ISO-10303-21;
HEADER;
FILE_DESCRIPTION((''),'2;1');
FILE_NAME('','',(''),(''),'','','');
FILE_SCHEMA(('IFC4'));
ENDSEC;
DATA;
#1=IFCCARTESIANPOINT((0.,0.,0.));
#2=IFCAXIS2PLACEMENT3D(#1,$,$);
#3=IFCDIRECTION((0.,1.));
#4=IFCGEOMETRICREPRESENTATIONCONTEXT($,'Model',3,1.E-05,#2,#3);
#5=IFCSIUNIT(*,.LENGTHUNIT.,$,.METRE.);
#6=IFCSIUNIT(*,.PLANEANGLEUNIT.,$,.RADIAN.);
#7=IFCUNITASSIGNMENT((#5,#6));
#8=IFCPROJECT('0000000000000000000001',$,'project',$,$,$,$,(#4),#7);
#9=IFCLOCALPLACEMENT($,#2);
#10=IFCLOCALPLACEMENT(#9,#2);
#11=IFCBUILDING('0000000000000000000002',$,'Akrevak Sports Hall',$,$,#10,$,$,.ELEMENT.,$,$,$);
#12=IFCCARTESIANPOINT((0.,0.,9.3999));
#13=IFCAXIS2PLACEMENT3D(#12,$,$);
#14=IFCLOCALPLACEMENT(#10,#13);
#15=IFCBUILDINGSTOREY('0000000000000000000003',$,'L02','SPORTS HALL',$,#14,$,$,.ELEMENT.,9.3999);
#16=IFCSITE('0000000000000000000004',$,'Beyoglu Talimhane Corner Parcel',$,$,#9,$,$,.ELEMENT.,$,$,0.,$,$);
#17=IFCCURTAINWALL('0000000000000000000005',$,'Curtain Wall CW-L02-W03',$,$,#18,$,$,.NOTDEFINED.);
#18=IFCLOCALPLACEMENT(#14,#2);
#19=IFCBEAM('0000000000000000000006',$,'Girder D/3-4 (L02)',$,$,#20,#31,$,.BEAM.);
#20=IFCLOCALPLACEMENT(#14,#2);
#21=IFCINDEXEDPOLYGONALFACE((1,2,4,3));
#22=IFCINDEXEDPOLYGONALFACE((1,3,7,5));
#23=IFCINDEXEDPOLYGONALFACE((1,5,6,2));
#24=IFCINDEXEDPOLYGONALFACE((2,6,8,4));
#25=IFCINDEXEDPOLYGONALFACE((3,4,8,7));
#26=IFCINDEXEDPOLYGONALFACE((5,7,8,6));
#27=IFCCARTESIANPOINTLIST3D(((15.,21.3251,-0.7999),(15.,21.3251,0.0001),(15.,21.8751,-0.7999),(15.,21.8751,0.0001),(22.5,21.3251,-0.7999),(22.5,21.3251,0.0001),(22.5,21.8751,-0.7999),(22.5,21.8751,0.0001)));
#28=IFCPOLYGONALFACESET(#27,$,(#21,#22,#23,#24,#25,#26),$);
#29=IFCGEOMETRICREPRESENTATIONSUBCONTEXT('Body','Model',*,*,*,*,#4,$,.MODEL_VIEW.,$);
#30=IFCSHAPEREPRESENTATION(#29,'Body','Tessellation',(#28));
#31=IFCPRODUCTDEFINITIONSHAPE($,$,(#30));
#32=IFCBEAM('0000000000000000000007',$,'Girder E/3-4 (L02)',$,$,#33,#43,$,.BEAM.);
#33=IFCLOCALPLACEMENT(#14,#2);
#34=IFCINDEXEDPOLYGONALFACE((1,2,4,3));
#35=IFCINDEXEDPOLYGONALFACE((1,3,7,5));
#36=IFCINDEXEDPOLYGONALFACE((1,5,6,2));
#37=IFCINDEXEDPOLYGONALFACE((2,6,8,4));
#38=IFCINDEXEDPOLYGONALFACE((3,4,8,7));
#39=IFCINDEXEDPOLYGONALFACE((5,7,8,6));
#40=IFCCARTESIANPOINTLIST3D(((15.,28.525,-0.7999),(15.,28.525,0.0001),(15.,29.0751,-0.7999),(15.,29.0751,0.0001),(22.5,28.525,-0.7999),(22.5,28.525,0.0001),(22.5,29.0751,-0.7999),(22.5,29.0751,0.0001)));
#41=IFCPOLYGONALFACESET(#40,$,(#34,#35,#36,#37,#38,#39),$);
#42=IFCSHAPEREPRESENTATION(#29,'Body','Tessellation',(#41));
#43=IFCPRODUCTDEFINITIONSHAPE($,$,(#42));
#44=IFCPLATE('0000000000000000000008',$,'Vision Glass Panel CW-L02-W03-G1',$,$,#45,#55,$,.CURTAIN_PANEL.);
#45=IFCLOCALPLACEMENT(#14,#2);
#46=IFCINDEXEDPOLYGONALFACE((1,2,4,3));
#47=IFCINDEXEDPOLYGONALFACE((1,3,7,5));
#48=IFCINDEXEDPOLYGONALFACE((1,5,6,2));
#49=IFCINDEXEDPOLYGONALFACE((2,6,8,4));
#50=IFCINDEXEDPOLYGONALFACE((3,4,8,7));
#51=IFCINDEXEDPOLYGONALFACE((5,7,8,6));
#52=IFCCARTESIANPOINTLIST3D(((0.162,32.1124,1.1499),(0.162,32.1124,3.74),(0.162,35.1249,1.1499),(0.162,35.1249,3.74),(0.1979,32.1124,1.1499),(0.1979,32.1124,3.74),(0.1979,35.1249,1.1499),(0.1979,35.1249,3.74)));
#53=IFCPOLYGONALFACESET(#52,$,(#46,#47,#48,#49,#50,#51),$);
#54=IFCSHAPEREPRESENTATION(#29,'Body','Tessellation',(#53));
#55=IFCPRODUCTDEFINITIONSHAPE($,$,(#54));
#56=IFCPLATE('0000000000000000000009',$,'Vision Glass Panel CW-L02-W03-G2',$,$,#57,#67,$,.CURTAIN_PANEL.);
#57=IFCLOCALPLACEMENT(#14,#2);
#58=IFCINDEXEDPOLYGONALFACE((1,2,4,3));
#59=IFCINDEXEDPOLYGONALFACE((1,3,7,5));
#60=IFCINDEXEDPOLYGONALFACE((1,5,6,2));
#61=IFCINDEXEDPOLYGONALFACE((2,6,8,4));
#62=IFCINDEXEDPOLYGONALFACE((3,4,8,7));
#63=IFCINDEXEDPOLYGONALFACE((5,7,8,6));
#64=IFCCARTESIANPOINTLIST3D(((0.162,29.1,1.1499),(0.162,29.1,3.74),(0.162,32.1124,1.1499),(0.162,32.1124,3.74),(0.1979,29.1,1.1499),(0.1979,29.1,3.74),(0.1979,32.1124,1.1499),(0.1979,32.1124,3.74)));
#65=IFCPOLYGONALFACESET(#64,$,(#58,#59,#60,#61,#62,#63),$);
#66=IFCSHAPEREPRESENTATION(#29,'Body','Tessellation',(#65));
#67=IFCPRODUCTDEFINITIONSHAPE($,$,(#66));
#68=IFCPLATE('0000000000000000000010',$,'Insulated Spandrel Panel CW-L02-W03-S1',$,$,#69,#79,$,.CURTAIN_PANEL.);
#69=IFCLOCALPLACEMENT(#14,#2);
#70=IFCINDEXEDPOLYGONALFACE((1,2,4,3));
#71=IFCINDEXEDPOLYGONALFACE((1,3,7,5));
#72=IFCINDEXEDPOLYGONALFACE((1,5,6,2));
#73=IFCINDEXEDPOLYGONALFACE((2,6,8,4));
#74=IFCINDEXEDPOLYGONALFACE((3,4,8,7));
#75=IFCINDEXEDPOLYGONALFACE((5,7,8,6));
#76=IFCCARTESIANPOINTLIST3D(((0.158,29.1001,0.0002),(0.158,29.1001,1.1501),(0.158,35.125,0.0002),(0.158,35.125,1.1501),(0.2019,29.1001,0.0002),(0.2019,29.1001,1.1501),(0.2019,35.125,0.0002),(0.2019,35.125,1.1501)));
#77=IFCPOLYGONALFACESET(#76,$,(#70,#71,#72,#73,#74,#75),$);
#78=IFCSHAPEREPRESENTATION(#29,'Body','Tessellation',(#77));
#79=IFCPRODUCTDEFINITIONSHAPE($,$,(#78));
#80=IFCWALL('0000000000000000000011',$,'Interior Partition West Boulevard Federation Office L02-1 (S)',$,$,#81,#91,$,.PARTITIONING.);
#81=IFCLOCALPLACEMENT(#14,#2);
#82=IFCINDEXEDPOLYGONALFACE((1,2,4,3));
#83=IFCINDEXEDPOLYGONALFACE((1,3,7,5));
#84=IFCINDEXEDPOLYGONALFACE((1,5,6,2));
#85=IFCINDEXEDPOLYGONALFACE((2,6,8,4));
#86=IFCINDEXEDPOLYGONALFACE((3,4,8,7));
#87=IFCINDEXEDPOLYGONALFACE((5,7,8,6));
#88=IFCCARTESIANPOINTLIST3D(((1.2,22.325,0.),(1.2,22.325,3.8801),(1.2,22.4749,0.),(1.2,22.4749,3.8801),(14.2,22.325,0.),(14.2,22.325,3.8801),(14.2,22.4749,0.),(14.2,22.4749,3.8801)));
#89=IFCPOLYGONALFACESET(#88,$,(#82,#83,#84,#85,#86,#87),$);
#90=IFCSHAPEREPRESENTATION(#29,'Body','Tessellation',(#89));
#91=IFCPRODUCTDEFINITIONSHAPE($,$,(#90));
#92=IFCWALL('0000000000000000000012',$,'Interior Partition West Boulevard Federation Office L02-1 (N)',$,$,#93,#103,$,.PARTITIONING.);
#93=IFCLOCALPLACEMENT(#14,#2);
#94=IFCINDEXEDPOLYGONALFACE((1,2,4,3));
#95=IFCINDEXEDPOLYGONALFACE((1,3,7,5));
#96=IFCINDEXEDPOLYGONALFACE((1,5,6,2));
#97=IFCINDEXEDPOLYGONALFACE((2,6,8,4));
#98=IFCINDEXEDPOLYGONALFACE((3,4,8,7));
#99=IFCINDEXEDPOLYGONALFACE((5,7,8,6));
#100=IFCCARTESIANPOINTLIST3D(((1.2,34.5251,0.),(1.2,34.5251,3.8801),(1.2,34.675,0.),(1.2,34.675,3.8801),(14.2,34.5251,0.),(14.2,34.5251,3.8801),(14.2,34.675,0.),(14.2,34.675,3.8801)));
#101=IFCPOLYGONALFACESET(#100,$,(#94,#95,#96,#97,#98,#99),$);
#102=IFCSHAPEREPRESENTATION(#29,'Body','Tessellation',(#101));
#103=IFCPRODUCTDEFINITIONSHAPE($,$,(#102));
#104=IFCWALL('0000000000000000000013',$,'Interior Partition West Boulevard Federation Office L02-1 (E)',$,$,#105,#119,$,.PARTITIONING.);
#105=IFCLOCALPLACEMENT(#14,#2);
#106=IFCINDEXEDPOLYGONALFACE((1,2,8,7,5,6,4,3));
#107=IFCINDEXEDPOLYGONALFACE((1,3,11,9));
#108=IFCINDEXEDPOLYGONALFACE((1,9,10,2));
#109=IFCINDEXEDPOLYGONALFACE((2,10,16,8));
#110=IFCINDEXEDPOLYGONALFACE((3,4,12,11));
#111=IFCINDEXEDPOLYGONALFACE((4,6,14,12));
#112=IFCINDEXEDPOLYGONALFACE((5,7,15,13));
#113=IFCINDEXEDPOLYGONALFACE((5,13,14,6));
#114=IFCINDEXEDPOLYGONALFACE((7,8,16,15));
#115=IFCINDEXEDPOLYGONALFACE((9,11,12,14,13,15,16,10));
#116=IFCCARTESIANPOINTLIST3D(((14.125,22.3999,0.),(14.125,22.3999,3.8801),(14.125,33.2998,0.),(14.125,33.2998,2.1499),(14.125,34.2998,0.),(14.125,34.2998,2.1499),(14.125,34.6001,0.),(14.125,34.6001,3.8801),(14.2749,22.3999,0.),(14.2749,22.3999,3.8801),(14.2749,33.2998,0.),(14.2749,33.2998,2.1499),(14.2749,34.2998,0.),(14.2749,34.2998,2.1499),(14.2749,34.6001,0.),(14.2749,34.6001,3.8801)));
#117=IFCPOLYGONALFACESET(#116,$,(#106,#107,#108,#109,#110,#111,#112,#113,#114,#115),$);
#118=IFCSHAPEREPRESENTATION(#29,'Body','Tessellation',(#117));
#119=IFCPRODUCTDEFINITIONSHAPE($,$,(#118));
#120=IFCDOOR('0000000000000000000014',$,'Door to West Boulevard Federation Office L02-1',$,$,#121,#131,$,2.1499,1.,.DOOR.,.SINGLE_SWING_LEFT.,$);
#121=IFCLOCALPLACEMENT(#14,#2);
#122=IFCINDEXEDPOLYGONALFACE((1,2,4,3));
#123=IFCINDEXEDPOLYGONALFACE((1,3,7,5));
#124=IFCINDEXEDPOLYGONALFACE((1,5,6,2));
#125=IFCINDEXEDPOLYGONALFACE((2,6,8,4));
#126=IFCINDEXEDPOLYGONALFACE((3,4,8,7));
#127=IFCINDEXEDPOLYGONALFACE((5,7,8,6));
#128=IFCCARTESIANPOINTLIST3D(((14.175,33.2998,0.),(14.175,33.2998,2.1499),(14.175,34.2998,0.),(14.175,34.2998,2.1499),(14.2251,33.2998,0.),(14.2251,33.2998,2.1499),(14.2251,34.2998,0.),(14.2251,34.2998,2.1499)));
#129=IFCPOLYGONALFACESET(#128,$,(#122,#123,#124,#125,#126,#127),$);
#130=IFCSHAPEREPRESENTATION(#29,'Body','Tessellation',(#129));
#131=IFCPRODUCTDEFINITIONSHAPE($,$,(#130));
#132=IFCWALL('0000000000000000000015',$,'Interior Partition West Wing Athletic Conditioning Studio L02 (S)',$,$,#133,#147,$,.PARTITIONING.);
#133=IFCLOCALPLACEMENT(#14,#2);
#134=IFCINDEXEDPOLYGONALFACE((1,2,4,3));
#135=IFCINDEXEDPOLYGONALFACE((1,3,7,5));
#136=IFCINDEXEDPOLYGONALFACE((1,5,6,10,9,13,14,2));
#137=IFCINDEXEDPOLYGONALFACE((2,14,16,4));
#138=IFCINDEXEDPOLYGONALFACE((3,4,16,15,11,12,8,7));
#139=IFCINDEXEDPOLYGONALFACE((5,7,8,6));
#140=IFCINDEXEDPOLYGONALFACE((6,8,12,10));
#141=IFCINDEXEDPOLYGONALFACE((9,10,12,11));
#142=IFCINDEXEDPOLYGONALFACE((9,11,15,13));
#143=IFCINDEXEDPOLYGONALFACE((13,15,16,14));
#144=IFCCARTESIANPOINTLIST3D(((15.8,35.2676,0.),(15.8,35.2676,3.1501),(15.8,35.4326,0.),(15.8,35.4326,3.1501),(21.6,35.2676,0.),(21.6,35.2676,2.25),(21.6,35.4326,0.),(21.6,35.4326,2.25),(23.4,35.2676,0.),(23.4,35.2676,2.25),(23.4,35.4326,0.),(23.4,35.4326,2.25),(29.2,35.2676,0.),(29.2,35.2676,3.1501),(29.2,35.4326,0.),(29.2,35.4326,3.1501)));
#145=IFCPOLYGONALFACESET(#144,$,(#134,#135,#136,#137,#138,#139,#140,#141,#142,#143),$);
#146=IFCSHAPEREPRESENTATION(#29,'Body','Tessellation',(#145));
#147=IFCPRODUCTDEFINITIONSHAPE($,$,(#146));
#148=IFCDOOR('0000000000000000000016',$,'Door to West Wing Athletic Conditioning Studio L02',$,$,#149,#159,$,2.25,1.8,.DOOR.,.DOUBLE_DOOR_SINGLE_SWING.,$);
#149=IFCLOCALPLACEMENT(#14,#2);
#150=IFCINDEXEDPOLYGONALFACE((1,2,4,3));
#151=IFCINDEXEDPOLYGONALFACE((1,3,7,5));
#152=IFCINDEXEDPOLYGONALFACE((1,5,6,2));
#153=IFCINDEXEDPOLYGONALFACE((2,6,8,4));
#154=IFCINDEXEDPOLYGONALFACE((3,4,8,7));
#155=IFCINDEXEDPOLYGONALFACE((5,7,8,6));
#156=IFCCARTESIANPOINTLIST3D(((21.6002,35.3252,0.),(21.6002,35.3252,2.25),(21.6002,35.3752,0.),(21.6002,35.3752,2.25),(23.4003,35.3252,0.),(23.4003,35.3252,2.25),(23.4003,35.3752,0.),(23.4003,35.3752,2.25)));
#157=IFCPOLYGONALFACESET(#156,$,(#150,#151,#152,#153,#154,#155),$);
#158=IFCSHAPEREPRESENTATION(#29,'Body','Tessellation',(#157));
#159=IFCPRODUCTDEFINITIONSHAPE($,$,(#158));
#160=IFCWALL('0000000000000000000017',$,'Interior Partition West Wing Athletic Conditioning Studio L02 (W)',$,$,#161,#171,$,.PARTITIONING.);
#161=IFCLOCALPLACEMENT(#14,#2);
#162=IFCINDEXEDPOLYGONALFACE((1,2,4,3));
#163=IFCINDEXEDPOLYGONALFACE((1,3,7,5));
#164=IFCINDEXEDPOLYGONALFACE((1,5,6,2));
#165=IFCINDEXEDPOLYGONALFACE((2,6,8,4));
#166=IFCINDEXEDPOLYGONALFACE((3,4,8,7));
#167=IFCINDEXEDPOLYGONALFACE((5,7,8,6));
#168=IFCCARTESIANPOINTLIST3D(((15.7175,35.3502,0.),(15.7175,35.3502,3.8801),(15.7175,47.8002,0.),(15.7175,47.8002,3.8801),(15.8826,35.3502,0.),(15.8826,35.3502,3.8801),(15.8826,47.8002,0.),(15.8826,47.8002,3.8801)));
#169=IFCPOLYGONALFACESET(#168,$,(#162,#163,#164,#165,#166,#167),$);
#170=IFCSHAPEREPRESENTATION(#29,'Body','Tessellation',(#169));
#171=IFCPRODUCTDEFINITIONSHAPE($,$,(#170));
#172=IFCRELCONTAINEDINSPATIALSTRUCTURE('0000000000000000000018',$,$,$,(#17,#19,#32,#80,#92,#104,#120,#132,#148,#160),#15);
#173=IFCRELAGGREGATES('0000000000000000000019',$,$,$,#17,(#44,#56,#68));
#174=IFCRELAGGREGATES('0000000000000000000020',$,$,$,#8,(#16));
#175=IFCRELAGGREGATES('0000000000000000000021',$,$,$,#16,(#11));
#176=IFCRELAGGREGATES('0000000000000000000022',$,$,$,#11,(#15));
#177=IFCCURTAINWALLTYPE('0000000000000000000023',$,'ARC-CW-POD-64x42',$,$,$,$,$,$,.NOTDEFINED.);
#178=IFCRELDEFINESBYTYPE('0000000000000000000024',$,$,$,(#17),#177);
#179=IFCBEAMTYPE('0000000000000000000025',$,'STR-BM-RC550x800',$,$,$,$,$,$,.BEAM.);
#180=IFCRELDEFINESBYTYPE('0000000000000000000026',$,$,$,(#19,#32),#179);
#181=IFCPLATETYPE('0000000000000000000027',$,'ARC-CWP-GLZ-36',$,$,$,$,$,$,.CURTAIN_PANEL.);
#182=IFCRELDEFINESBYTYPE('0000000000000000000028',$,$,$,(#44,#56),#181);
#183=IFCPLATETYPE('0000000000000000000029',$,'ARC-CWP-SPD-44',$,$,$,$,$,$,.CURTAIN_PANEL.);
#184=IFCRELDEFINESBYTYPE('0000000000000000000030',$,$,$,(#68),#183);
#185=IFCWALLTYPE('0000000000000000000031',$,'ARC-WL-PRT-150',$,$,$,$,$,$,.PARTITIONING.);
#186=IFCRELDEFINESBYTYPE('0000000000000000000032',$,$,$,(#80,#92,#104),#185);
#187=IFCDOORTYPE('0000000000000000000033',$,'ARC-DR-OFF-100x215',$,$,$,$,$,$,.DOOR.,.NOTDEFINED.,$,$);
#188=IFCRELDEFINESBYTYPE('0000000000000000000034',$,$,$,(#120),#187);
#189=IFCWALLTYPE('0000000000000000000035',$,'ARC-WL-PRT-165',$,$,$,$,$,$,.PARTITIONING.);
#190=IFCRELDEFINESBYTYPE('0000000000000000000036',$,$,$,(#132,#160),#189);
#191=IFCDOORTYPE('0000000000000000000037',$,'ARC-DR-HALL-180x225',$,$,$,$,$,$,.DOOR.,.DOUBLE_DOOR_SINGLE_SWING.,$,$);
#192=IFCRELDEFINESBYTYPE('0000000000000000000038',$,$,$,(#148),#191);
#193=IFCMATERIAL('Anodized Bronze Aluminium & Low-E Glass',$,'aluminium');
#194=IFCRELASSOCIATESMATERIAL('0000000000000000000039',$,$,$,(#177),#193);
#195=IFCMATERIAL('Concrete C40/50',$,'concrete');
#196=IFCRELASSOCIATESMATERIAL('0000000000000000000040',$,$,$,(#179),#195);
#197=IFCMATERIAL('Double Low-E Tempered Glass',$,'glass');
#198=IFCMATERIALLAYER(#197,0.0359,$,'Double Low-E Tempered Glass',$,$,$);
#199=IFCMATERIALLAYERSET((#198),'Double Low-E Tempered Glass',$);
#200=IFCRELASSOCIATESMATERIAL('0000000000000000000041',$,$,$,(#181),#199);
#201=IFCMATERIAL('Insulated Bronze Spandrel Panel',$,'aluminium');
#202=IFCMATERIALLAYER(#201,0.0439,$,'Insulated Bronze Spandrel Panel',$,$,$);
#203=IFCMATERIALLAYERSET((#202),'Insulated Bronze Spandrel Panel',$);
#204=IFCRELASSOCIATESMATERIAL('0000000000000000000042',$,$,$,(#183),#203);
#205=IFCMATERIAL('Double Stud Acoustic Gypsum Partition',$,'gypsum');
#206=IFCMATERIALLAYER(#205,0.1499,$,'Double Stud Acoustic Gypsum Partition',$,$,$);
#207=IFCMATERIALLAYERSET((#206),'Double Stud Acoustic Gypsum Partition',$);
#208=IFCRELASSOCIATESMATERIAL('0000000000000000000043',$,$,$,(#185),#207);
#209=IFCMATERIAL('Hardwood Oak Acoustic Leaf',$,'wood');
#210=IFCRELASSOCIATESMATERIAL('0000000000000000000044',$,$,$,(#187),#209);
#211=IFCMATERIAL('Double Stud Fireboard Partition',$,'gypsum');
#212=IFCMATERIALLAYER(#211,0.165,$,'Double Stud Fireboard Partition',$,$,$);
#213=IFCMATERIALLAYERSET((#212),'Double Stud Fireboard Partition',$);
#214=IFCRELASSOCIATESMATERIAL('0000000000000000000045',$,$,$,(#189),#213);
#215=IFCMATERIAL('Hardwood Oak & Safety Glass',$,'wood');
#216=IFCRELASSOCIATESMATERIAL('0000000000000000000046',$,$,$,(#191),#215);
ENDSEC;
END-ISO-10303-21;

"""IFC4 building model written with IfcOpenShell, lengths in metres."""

from ifc_helpers import new_model, si_unit, direction, frame, frame_2d, origin, origin_2d, place, context, subcontext, project, spatial, rectangle, extrude, material, layer, layer_set, material_profile, profile_set, type_object, element, fill, aggregate, save


model = new_model("IFC4")

# Units and contexts
model_context = context("Model", 3, precision=1e-05, world=origin(), true_north=direction((0.0, 1.0)))
body_context = subcontext(model_context, "Body", "Model", "MODEL_VIEW")
ifc_project = project(units=[si_unit("LENGTHUNIT", "METRE"), si_unit("PLANEANGLEUNIT", "RADIAN")], contexts=[model_context])

# Site, building, storey
site_placement = place(None, origin())
site = spatial("IfcSite", under=ifc_project, at=site_placement, Name="Beyoglu Talimhane Corner Parcel", CompositionType="ELEMENT", RefElevation=0.0)
building_placement = place(site_placement, origin())
building = spatial("IfcBuilding", under=site, at=building_placement, Name="Akrevak Sports Hall", CompositionType="ELEMENT")
storey_placement = place(building_placement, frame((0.0, 0.0, 9.3999)))
storey = spatial("IfcBuildingStorey", under=building, at=storey_placement, Name="L02", Description="SPORTS HALL", CompositionType="ELEMENT", Elevation=9.3999)

# Shared definitions
ifc_material_1 = material(Name="Concrete C40/50", Category="concrete")

# Curtain wall
ifc_material_2 = material(Name="Anodized Bronze Aluminium & Low-E Glass", Category="aluminium")
curtain_wall_type = type_object("IfcCurtainWallType", Name="ARC-CW-POD-64x42", PredefinedType="NOTDEFINED", material=ifc_material_2)
curtain_wall_placement = place(storey_placement, origin())
curtain_wall = element("IfcCurtainWall", 1, at=curtain_wall_placement, inside=storey, type_object=curtain_wall_type, Name="Curtain Wall CW-L02-W03", PredefinedType="NOTDEFINED")

# Beams
ifc_material_profile_1 = material_profile(ifc_material_1, rectangle(XDim=0.55, YDim=0.8, at=origin_2d()), Name="BM 550x800", Category="concrete")
ifc_profile_set_1 = profile_set([ifc_material_profile_1], Name="Concrete C40/50")
beam_type_1 = type_object("IfcBeamType", Name="STR-BM-RC550x800", PredefinedType="BEAM", material=ifc_profile_set_1)
for number, where, z_axis, x_axis, name in (
    (2, (15.0, 21.6001, -0.3999), (1.0, 0.0, 0.0), (0.0, 1.0, 0.0), "Girder D/3-4 (L02)"),
    (3, (15.0, 28.8, -0.3999), (1.0, 0.0, 0.0), (0.0, 1.0, 0.0), "Girder E/3-4 (L02)"),
):
    element("IfcBeam", number, at=place(storey_placement, frame(where, z_axis=z_axis, x_axis=x_axis)), inside=storey, type_object=beam_type_1, Name=name, PredefinedType="BEAM", context=body_context, shape_type="SweptSolid", body=[
        extrude(rectangle(XDim=0.55, YDim=0.8, at=origin_2d()), origin(), (0.0, 0.0, 1.0), 7.5),
    ])

# Plates
ifc_material_3 = material(Name="Double Low-E Tempered Glass", Category="glass")
ifc_layer_1 = layer(ifc_material_3, 0.0359, Name="Double Low-E Tempered Glass")
ifc_layer_set_1 = layer_set([ifc_layer_1], Name="Double Low-E Tempered Glass")
plate_type_1 = type_object("IfcPlateType", Name="ARC-CWP-GLZ-36", PredefinedType="CURTAIN_PANEL", material=ifc_layer_set_1)
plate_1_placement = place(storey_placement, frame((0.1799, 33.6187, 1.1499), z_axis=(0.0, 0.0, 1.0), x_axis=(0.0, -1.0, 0.0)))
plate_1 = element("IfcPlate", 4, at=plate_1_placement, type_object=plate_type_1, Name="Vision Glass Panel CW-L02-W03-G1", PredefinedType="CURTAIN_PANEL", context=body_context, shape_type="SweptSolid", body=[
    extrude(rectangle(XDim=3.0125, YDim=0.0359, at=origin_2d()), origin(), (0.0, 0.0, 1.0), 2.5901),
])
plate_2_placement = place(storey_placement, frame((0.1799, 30.6062, 1.1499), z_axis=(0.0, 0.0, 1.0), x_axis=(0.0, -1.0, 0.0)))
plate_2 = element("IfcPlate", 5, at=plate_2_placement, type_object=plate_type_1, Name="Vision Glass Panel CW-L02-W03-G2", PredefinedType="CURTAIN_PANEL", context=body_context, shape_type="SweptSolid", body=[
    extrude(rectangle(XDim=3.0125, YDim=0.0359, at=origin_2d()), origin(), (0.0, 0.0, 1.0), 2.5901),
])
ifc_material_4 = material(Name="Insulated Bronze Spandrel Panel", Category="aluminium")
ifc_layer_2 = layer(ifc_material_4, 0.0439, Name="Insulated Bronze Spandrel Panel")
ifc_layer_set_2 = layer_set([ifc_layer_2], Name="Insulated Bronze Spandrel Panel")
plate_type_2 = type_object("IfcPlateType", Name="ARC-CWP-SPD-44", PredefinedType="CURTAIN_PANEL", material=ifc_layer_set_2)
plate_3_placement = place(storey_placement, frame((0.1799, 32.1125, 0.0002), z_axis=(0.0, 0.0, 1.0), x_axis=(0.0, -1.0, 0.0)))
plate_3 = element("IfcPlate", 6, at=plate_3_placement, type_object=plate_type_2, Name="Insulated Spandrel Panel CW-L02-W03-S1", PredefinedType="CURTAIN_PANEL", context=body_context, shape_type="SweptSolid", body=[
    extrude(rectangle(XDim=6.0249, YDim=0.0439, at=origin_2d()), origin(), (0.0, 0.0, 1.0), 1.1499),
])
aggregate(curtain_wall, [plate_1, plate_2, plate_3])

# Walls
ifc_material_5 = material(Name="Double Stud Acoustic Gypsum Partition", Category="gypsum")
ifc_layer_3 = layer(ifc_material_5, 0.1499, Name="Double Stud Acoustic Gypsum Partition")
ifc_layer_set_3 = layer_set([ifc_layer_3], Name="Double Stud Acoustic Gypsum Partition")
wall_type_1 = type_object("IfcWallType", Name="ARC-WL-PRT-150", PredefinedType="PARTITIONING", material=ifc_layer_set_3)
for number, where, z_axis, x_axis, name in (
    (7, (1.2, 22.3999, 0.0), (0.0, 0.0, 1.0), (1.0, 0.0, 0.0), "Interior Partition West Boulevard Federation Office L02-1 (S)"),
    (8, (1.2, 34.6001, 0.0), (0.0, 0.0, 1.0), (1.0, 0.0, 0.0), "Interior Partition West Boulevard Federation Office L02-1 (N)"),
):
    element("IfcWall", number, at=place(storey_placement, frame(where, z_axis=z_axis, x_axis=x_axis)), inside=storey, type_object=wall_type_1, Name=name, PredefinedType="PARTITIONING", context=body_context, shape_type="SweptSolid", body=[
        extrude(rectangle(XDim=13.0, YDim=0.1499, at=frame_2d((6.5, 0.0))), origin(), (0.0, 0.0, 1.0), 3.8801),
    ])

# Walls, openings, doors
wall_1_placement = place(storey_placement, frame((14.2, 22.3999, 0.0), z_axis=(0.0, 0.0, 1.0), x_axis=(0.0, 1.0, 0.0)))
wall_1 = element("IfcWall", 9, at=wall_1_placement, inside=storey, type_object=wall_type_1, Name="Interior Partition West Boulevard Federation Office L02-1 (E)", PredefinedType="PARTITIONING", context=body_context, shape_type="SweptSolid", body=[
    extrude(rectangle(XDim=12.2002, YDim=0.1499, at=frame_2d((6.1001, 0.0))), origin(), (0.0, 0.0, 1.0), 3.8801),
])
opening_1_placement = place(wall_1_placement, frame((10.8999, 0.0, 0.0)))
opening_1 = element("IfcOpeningElement", 10, at=opening_1_placement, cuts=wall_1, PredefinedType="OPENING", context=body_context, shape_type="SweptSolid", body=[
    extrude(rectangle(XDim=1.0, YDim=2.1499, at=frame_2d((0.5, 1.075))), frame((0.0, 0.0869, 0.0), z_axis=(0.0, -1.0, 0.0), x_axis=(1.0, 0.0, 0.0)), (0.0, 0.0, 1.0), 0.1738),
])
ifc_material_6 = material(Name="Hardwood Oak Acoustic Leaf", Category="wood")
door_type_1 = type_object("IfcDoorType", Name="ARC-DR-OFF-100x215", OperationType="NOTDEFINED", PredefinedType="DOOR", material=ifc_material_6)
door_1_placement = place(opening_1_placement, origin())
door_1 = element("IfcDoor", 11, at=door_1_placement, inside=storey, type_object=door_type_1, Name="Door to West Boulevard Federation Office L02-1", OperationType="SINGLE_SWING_LEFT", OverallHeight=2.1499, OverallWidth=1.0, PredefinedType="DOOR", context=body_context, shape_type="SweptSolid", body=[
    extrude(rectangle(XDim=1.0, YDim=2.1499, at=frame_2d((0.5, 1.075))), frame((0.0, 0.0249, 0.0), z_axis=(0.0, -1.0, 0.0), x_axis=(1.0, 0.0, 0.0)), (0.0, 0.0, 1.0), 0.05),
])
fill(opening_1, door_1)
ifc_material_7 = material(Name="Double Stud Fireboard Partition", Category="gypsum")
ifc_layer_4 = layer(ifc_material_7, 0.165, Name="Double Stud Fireboard Partition")
ifc_layer_set_4 = layer_set([ifc_layer_4], Name="Double Stud Fireboard Partition")
wall_type_2 = type_object("IfcWallType", Name="ARC-WL-PRT-165", PredefinedType="PARTITIONING", material=ifc_layer_set_4)
wall_2_placement = place(storey_placement, frame((15.8, 35.3501, 0.0), z_axis=(0.0, 0.0, 1.0), x_axis=(1.0, 0.0, 0.0)))
wall_2 = element("IfcWall", 12, at=wall_2_placement, inside=storey, type_object=wall_type_2, Name="Interior Partition West Wing Athletic Conditioning Studio L02 (S)", PredefinedType="PARTITIONING", context=body_context, shape_type="SweptSolid", body=[
    extrude(rectangle(XDim=13.3999, YDim=0.165, at=frame_2d((6.7, 0.0))), origin(), (0.0, 0.0, 1.0), 3.1501),
])
opening_2_placement = place(wall_2_placement, frame((5.8, 0.0, 0.0)))
opening_2 = element("IfcOpeningElement", 13, at=opening_2_placement, cuts=wall_2, PredefinedType="OPENING", context=body_context, shape_type="SweptSolid", body=[
    extrude(rectangle(XDim=1.8, YDim=2.25, at=frame_2d((0.8999, 1.125))), frame((0.0, 0.0945, 0.0), z_axis=(0.0, -1.0, 0.0), x_axis=(1.0, 0.0, 0.0)), (0.0, 0.0, 1.0), 0.189),
])
ifc_material_8 = material(Name="Hardwood Oak & Safety Glass", Category="wood")
door_type_2 = type_object("IfcDoorType", Name="ARC-DR-HALL-180x225", OperationType="DOUBLE_DOOR_SINGLE_SWING", PredefinedType="DOOR", material=ifc_material_8)
door_2_placement = place(opening_2_placement, frame((1.8, 0.0, 0.0), z_axis=(0.0, 0.0, 1.0), x_axis=(-1.0, 0.0, 0.0)))
door_2 = element("IfcDoor", 14, at=door_2_placement, inside=storey, type_object=door_type_2, Name="Door to West Wing Athletic Conditioning Studio L02", OperationType="DOUBLE_DOOR_SINGLE_SWING", OverallHeight=2.25, OverallWidth=1.8, PredefinedType="DOOR", context=body_context, shape_type="SweptSolid", body=[
    extrude(rectangle(XDim=1.8, YDim=2.25, at=frame_2d((0.8999, 1.125))), frame((0.0, 0.0249, 0.0), z_axis=(0.0, -1.0, 0.0), x_axis=(1.0, 0.0, 0.0)), (0.0, 0.0, 1.0), 0.05),
])
fill(opening_2, door_2)

# Wall
wall_3_placement = place(storey_placement, frame((15.8, 35.3501, 0.0), z_axis=(0.0, 0.0, 1.0), x_axis=(0.0, 1.0, 0.0)))
element("IfcWall", 15, at=wall_3_placement, inside=storey, type_object=wall_type_2, Name="Interior Partition West Wing Athletic Conditioning Studio L02 (W)", PredefinedType="PARTITIONING", context=body_context, shape_type="SweptSolid", body=[
    extrude(rectangle(XDim=12.45, YDim=0.165, at=frame_2d((6.2251, 0.0))), origin(), (0.0, 0.0, 1.0), 3.8801),
])

save(model, "model.ifc")
